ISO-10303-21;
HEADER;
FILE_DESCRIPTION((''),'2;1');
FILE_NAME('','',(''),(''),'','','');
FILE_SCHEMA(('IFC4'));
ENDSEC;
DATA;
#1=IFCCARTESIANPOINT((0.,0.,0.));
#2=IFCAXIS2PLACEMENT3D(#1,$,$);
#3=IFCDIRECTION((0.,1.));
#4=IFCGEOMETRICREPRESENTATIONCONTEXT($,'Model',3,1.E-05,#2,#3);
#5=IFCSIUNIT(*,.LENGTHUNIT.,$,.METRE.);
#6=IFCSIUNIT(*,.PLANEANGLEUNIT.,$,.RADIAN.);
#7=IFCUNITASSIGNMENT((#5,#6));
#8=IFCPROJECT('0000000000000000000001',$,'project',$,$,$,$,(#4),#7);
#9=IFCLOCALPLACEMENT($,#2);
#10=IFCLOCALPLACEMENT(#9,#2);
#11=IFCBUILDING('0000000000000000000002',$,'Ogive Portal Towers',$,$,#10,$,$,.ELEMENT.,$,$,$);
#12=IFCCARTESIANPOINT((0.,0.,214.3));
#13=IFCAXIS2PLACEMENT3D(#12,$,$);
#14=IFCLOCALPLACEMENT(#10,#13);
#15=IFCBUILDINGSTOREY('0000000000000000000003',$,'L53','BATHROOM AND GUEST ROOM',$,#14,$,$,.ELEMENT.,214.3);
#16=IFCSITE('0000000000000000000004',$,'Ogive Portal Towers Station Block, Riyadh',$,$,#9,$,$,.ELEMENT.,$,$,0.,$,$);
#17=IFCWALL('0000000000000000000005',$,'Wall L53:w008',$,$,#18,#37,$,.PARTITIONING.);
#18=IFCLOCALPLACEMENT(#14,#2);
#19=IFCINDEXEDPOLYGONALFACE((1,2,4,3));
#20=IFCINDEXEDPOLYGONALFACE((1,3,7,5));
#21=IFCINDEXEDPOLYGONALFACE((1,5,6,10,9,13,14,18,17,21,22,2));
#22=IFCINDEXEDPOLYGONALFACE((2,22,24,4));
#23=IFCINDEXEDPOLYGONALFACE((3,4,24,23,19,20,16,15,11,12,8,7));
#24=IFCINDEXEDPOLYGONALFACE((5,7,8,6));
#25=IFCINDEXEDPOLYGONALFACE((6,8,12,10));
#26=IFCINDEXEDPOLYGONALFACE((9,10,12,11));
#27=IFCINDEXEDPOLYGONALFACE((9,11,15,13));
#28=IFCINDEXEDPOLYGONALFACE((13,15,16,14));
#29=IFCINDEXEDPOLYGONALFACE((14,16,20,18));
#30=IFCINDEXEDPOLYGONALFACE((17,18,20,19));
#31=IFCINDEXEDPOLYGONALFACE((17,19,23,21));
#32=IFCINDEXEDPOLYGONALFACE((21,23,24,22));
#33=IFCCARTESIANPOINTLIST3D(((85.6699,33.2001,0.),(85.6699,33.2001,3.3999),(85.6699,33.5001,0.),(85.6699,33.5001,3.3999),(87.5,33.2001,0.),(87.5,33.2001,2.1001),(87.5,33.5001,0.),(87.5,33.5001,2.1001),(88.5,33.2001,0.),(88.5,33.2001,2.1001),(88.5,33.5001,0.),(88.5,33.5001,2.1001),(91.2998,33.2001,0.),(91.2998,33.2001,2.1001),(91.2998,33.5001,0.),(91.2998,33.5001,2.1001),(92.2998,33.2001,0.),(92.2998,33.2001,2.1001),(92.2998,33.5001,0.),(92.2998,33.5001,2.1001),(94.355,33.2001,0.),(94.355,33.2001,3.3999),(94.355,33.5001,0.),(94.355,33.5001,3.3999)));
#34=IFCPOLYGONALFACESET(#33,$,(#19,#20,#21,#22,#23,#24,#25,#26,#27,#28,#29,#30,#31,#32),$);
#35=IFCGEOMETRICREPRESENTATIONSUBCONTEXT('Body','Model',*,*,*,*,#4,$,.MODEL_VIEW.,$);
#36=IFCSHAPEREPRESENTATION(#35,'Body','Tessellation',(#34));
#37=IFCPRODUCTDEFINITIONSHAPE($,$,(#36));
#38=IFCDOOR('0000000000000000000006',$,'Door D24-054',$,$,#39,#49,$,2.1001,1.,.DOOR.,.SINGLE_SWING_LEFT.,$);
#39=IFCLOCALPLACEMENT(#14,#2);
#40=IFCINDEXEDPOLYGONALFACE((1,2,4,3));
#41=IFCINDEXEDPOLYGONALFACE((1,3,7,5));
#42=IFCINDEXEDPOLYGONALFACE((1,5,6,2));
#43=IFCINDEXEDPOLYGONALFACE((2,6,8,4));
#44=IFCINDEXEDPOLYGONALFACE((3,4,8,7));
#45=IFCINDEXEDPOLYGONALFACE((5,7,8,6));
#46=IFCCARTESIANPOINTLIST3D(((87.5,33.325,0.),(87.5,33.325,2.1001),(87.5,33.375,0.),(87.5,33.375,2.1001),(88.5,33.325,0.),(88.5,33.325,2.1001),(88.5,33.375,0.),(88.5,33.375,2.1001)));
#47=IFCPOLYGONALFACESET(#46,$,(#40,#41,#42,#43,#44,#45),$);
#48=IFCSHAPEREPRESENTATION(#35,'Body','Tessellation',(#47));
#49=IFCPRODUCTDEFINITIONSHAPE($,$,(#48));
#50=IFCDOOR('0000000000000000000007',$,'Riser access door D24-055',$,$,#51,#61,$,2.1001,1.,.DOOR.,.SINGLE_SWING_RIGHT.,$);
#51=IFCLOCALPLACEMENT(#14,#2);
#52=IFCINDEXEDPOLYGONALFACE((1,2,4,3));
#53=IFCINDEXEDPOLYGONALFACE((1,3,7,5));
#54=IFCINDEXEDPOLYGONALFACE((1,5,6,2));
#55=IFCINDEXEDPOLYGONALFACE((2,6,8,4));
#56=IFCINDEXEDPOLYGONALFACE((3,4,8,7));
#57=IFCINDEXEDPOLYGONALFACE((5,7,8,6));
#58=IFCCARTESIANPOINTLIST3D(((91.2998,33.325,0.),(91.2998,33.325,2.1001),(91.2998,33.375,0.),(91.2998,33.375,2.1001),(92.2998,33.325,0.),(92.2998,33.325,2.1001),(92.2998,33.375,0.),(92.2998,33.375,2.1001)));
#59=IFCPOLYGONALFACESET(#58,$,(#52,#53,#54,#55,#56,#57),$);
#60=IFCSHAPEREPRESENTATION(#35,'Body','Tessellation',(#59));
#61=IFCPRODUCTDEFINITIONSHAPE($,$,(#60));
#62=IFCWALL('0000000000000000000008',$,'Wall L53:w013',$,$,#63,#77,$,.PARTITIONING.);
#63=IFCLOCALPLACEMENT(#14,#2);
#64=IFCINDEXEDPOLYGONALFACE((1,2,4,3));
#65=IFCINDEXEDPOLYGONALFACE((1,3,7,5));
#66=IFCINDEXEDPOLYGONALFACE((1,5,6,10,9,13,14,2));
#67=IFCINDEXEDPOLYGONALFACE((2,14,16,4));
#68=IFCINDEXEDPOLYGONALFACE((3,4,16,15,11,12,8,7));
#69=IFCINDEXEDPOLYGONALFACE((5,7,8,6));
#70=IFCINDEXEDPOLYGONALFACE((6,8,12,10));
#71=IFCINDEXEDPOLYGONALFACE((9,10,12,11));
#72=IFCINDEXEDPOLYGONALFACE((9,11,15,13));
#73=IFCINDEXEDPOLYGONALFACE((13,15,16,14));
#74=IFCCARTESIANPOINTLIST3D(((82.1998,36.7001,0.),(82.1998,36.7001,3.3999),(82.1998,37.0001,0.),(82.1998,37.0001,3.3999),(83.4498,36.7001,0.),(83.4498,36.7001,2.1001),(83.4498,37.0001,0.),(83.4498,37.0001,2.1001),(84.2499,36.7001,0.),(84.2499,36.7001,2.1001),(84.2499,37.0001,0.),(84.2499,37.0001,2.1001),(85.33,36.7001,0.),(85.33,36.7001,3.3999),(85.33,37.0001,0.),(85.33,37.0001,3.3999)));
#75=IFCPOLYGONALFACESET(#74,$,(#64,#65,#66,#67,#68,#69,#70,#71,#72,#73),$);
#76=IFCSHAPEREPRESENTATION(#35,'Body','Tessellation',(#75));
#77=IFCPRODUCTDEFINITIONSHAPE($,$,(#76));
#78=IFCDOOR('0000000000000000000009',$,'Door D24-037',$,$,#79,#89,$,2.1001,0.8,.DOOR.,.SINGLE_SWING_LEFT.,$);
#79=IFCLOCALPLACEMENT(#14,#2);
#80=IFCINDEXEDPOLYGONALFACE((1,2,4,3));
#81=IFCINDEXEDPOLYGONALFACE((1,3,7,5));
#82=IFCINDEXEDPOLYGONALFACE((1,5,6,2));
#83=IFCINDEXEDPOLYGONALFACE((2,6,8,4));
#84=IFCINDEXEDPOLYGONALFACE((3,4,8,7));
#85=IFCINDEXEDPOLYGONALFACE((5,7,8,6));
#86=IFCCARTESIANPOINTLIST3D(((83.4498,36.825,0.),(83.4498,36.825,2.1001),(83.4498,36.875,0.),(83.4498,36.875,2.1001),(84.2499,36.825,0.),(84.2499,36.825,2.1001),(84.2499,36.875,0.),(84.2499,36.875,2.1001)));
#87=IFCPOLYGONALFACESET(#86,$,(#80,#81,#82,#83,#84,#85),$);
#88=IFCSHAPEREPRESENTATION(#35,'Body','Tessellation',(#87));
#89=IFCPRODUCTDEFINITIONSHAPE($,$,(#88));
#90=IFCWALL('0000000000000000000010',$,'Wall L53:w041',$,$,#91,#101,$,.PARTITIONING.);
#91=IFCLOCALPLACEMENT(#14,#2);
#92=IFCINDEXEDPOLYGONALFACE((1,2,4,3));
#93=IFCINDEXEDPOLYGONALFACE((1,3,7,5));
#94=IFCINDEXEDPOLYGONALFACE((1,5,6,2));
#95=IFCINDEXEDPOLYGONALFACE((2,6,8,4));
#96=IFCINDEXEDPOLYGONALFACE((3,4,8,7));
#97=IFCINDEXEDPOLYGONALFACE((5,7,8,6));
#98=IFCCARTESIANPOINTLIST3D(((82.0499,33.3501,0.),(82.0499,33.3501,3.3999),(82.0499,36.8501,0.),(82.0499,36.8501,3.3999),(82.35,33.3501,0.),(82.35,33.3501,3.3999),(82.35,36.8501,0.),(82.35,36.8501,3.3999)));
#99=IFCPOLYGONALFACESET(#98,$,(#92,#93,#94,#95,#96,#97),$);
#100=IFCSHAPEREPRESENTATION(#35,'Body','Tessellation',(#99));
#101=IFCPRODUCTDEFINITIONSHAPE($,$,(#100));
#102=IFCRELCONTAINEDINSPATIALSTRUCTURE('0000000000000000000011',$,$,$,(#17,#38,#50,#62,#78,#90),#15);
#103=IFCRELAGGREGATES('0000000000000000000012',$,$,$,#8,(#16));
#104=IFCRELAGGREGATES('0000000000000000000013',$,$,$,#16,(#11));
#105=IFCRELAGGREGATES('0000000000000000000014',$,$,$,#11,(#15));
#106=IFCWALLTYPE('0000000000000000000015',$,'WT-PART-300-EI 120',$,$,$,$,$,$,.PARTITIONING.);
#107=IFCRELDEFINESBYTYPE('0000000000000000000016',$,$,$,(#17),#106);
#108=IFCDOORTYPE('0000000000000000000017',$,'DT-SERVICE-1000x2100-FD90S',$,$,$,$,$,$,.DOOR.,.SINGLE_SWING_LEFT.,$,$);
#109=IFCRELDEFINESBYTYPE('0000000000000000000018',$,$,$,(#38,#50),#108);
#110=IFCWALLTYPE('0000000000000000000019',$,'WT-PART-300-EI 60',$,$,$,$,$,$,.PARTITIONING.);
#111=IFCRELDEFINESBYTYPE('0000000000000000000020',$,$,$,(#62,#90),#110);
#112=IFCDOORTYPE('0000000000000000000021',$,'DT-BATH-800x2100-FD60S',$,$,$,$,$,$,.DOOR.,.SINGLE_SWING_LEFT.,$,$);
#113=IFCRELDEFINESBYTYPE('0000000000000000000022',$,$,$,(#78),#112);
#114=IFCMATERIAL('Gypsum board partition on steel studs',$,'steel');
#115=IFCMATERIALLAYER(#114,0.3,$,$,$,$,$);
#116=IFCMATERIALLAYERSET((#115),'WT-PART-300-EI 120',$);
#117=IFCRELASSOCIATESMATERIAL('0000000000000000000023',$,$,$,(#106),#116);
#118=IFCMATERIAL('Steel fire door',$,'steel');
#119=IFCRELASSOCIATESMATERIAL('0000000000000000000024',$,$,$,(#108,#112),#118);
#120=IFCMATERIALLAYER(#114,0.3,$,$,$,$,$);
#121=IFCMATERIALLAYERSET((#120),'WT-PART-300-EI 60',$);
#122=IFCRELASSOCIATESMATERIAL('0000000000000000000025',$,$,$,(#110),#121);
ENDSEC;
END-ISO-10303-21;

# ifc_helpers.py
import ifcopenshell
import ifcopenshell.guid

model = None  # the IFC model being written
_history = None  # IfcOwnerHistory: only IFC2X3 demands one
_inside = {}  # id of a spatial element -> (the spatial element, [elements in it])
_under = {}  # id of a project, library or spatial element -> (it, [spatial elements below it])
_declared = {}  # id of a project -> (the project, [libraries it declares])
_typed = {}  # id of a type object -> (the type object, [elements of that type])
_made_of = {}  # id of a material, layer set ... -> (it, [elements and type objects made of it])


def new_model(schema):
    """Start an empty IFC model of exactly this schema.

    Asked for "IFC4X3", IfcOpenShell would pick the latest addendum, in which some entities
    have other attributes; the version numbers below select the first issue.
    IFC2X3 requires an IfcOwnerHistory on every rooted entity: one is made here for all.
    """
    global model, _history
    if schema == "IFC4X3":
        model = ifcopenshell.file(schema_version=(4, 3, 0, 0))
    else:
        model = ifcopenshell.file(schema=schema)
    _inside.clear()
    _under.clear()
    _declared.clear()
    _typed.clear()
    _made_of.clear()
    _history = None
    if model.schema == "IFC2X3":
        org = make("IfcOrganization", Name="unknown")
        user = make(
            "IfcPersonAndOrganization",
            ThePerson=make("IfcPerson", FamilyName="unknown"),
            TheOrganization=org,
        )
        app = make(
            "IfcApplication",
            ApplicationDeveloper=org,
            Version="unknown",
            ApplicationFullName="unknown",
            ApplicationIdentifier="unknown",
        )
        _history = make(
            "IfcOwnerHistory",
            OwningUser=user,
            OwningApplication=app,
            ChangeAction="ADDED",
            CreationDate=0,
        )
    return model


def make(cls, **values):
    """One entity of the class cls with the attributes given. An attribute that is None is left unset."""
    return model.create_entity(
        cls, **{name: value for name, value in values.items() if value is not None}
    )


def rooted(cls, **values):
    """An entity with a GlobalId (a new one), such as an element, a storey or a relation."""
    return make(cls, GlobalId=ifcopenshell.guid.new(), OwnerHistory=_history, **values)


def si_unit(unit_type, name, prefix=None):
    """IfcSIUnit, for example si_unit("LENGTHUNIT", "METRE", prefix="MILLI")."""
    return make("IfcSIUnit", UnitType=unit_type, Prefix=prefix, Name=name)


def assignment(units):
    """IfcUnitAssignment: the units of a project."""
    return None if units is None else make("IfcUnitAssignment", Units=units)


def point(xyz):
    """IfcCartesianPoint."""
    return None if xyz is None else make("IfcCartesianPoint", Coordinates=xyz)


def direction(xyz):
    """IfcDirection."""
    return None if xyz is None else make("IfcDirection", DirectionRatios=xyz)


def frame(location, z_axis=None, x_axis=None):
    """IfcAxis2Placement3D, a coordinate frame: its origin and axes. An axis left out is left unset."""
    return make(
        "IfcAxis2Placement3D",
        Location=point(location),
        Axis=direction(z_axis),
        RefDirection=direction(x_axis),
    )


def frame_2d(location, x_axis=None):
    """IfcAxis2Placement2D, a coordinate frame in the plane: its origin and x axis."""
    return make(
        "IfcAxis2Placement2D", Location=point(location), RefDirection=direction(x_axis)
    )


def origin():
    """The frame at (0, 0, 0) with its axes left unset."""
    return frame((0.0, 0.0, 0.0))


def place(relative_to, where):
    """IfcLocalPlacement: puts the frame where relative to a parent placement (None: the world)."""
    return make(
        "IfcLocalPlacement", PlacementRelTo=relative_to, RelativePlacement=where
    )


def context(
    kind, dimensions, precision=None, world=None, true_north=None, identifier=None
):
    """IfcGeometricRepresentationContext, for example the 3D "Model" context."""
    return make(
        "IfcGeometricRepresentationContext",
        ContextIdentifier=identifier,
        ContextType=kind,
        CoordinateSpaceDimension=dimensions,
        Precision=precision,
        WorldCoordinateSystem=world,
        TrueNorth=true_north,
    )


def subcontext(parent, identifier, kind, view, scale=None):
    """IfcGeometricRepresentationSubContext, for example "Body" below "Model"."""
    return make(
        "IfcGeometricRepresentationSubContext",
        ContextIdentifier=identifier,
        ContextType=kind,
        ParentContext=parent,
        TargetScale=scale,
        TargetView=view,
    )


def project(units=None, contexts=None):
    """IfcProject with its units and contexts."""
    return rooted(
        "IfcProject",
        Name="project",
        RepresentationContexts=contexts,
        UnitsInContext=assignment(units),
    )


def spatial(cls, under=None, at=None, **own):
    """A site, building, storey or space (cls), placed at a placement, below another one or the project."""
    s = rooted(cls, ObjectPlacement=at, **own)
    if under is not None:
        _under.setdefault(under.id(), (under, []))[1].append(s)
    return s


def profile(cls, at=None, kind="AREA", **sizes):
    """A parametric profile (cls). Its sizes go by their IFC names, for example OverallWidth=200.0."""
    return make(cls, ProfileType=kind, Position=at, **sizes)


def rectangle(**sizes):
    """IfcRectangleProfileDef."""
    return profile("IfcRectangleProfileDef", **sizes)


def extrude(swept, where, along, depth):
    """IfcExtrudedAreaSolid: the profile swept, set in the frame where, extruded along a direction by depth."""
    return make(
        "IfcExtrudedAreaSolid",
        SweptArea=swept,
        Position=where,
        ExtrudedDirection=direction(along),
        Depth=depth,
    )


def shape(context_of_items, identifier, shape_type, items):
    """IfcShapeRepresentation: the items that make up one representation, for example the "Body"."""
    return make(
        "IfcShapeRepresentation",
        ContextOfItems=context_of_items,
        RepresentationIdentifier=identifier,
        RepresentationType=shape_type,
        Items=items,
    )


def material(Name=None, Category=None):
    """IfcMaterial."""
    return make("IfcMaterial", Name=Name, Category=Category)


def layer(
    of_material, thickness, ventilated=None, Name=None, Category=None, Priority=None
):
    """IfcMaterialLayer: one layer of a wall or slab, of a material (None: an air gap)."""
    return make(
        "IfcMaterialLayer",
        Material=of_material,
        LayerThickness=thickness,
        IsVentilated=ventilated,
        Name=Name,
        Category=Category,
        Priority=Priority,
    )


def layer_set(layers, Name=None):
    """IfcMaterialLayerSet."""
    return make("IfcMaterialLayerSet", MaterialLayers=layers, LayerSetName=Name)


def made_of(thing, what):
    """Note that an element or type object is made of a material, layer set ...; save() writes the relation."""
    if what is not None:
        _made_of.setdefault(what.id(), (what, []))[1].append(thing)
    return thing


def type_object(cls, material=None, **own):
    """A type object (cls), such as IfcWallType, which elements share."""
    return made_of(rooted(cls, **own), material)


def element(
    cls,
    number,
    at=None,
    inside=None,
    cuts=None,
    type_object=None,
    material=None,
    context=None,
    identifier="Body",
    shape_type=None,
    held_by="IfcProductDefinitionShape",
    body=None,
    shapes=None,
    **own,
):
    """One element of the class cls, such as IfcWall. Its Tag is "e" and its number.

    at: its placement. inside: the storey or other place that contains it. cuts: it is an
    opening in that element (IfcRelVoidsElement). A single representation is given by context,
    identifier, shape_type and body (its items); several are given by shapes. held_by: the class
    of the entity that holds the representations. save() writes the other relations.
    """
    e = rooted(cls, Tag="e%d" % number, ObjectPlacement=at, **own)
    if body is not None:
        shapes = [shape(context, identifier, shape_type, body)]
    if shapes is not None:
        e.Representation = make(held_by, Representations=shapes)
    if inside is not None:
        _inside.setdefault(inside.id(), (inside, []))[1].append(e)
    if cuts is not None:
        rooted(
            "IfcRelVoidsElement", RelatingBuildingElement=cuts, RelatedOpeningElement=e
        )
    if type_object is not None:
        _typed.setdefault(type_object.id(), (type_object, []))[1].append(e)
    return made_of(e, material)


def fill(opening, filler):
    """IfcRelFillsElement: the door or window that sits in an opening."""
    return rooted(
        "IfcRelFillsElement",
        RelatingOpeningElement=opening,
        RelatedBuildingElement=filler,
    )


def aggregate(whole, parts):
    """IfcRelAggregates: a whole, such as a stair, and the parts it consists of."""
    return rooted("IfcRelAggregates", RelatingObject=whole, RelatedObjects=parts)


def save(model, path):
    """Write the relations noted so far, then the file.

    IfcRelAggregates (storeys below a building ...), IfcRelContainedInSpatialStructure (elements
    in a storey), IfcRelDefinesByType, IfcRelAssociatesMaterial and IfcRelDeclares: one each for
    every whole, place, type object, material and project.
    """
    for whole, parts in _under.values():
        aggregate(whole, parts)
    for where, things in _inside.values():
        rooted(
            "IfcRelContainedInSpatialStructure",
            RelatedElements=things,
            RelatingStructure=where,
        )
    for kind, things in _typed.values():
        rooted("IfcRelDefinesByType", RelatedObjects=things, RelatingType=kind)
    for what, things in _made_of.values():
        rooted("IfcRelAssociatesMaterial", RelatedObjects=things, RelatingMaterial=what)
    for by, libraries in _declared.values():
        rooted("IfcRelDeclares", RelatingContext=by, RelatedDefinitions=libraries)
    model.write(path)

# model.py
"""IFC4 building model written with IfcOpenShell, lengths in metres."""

from ifc_helpers import new_model, si_unit, direction, frame, frame_2d, origin, place, context, subcontext, project, spatial, rectangle, extrude, material, layer, layer_set, type_object, element, fill, save


model = new_model("IFC4")

# Units and contexts
model_context = context("Model", 3, precision=1e-05, world=origin(), true_north=direction((0.0, 1.0)))
body_context = subcontext(model_context, "Body", "Model", "MODEL_VIEW")
ifc_project = project(units=[si_unit("LENGTHUNIT", "METRE"), si_unit("PLANEANGLEUNIT", "RADIAN")], contexts=[model_context])

# Site, building, storey
site_placement = place(None, origin())
site = spatial("IfcSite", under=ifc_project, at=site_placement, Name="Ogive Portal Towers Station Block, Riyadh", CompositionType="ELEMENT", RefElevation=0.0)
building_placement = place(site_placement, origin())
building = spatial("IfcBuilding", under=site, at=building_placement, Name="Ogive Portal Towers", CompositionType="ELEMENT")
storey_placement = place(building_placement, frame((0.0, 0.0, 214.3)))
storey = spatial("IfcBuildingStorey", under=building, at=storey_placement, Name="L53", Description="BATHROOM AND GUEST ROOM", CompositionType="ELEMENT", Elevation=214.3)

# Wall, openings, doors
ifc_material_1 = material(Name="Gypsum board partition on steel studs", Category="steel")
ifc_layer_1 = layer(ifc_material_1, 0.3)
ifc_layer_set_1 = layer_set([ifc_layer_1], Name="WT-PART-300-EI 120")
wall_type_1 = type_object("IfcWallType", Name="WT-PART-300-EI 120", PredefinedType="PARTITIONING", material=ifc_layer_set_1)
wall_1_placement = place(storey_placement, frame((85.6699, 33.3501, 0.0), z_axis=(0.0, 0.0, 1.0), x_axis=(1.0, 0.0, 0.0)))
wall_1 = element("IfcWall", 1, at=wall_1_placement, inside=storey, type_object=wall_type_1, Name="Wall L53:w008", PredefinedType="PARTITIONING", context=body_context, shape_type="SweptSolid", body=[
    extrude(rectangle(XDim=8.6851, YDim=0.3, at=frame_2d((4.3425, 0.0))), origin(), (0.0, 0.0, 1.0), 3.3999),
])
opening_1_placement = place(wall_1_placement, frame((1.8301, 0.0, 0.0)))
opening_1 = element("IfcOpeningElement", 2, at=opening_1_placement, cuts=wall_1, PredefinedType="OPENING", context=body_context, shape_type="SweptSolid", body=[
    extrude(rectangle(XDim=1.0, YDim=2.1001, at=frame_2d((0.5, 1.05))), frame((0.0, 0.1602, 0.0), z_axis=(0.0, -1.0, 0.0), x_axis=(1.0, 0.0, 0.0)), (0.0, 0.0, 1.0), 0.3201),
])
opening_2_placement = place(wall_1_placement, frame((5.6299, 0.0, 0.0)))
opening_2 = element("IfcOpeningElement", 3, at=opening_2_placement, cuts=wall_1, PredefinedType="OPENING", context=body_context, shape_type="SweptSolid", body=[
    extrude(rectangle(XDim=1.0, YDim=2.1001, at=frame_2d((0.5, 1.05))), frame((0.0, 0.1602, 0.0), z_axis=(0.0, -1.0, 0.0), x_axis=(1.0, 0.0, 0.0)), (0.0, 0.0, 1.0), 0.3201),
])
ifc_material_2 = material(Name="Steel fire door", Category="steel")
door_type_1 = type_object("IfcDoorType", Name="DT-SERVICE-1000x2100-FD90S", OperationType="SINGLE_SWING_LEFT", PredefinedType="DOOR", material=ifc_material_2)
door_1_placement = place(opening_1_placement, origin())
door_1 = element("IfcDoor", 4, at=door_1_placement, inside=storey, type_object=door_type_1, Name="Door D24-054", OperationType="SINGLE_SWING_LEFT", OverallHeight=2.1001, OverallWidth=1.0, PredefinedType="DOOR", context=body_context, shape_type="SweptSolid", body=[
    extrude(rectangle(XDim=1.0, YDim=2.1001, at=frame_2d((0.5, 1.05))), frame((0.0, 0.0249, 0.0), z_axis=(0.0, -1.0, 0.0), x_axis=(1.0, 0.0, 0.0)), (0.0, 0.0, 1.0), 0.05),
])
fill(opening_1, door_1)
door_2_placement = place(opening_2_placement, origin())
door_2 = element("IfcDoor", 5, at=door_2_placement, inside=storey, type_object=door_type_1, Name="Riser access door D24-055", OperationType="SINGLE_SWING_RIGHT", OverallHeight=2.1001, OverallWidth=1.0, PredefinedType="DOOR", context=body_context, shape_type="SweptSolid", body=[
    extrude(rectangle(XDim=1.0, YDim=2.1001, at=frame_2d((0.5, 1.05))), frame((0.0, 0.0249, 0.0), z_axis=(0.0, -1.0, 0.0), x_axis=(1.0, 0.0, 0.0)), (0.0, 0.0, 1.0), 0.05),
])
fill(opening_2, door_2)

# Wall, opening, door
ifc_layer_2 = layer(ifc_material_1, 0.3)
ifc_layer_set_2 = layer_set([ifc_layer_2], Name="WT-PART-300-EI 60")
wall_type_2 = type_object("IfcWallType", Name="WT-PART-300-EI 60", PredefinedType="PARTITIONING", material=ifc_layer_set_2)
wall_2_placement = place(storey_placement, frame((82.2, 36.8501, 0.0), z_axis=(0.0, 0.0, 1.0), x_axis=(1.0, 0.0, 0.0)))
wall_2 = element("IfcWall", 6, at=wall_2_placement, inside=storey, type_object=wall_type_2, Name="Wall L53:w013", PredefinedType="PARTITIONING", context=body_context, shape_type="SweptSolid", body=[
    extrude(rectangle(XDim=3.1301, YDim=0.3, at=frame_2d((1.5649, 0.0))), origin(), (0.0, 0.0, 1.0), 3.3999),
])
opening_3_placement = place(wall_2_placement, frame((1.25, 0.0, 0.0)))
opening_3 = element("IfcOpeningElement", 7, at=opening_3_placement, cuts=wall_2, PredefinedType="OPENING", context=body_context, shape_type="SweptSolid", body=[
    extrude(rectangle(XDim=0.8, YDim=2.1001, at=frame_2d((0.3999, 1.05))), frame((0.0, 0.1602, 0.0), z_axis=(0.0, -1.0, 0.0), x_axis=(1.0, 0.0, 0.0)), (0.0, 0.0, 1.0), 0.3201),
])
door_type_2 = type_object("IfcDoorType", Name="DT-BATH-800x2100-FD60S", OperationType="SINGLE_SWING_LEFT", PredefinedType="DOOR", material=ifc_material_2)
door_3_placement = place(opening_3_placement, origin())
door_3 = element("IfcDoor", 8, at=door_3_placement, inside=storey, type_object=door_type_2, Name="Door D24-037", OperationType="SINGLE_SWING_LEFT", OverallHeight=2.1001, OverallWidth=0.8, PredefinedType="DOOR", context=body_context, shape_type="SweptSolid", body=[
    extrude(rectangle(XDim=0.8, YDim=2.1001, at=frame_2d((0.3999, 1.05))), frame((0.0, 0.0249, 0.0), z_axis=(0.0, -1.0, 0.0), x_axis=(1.0, 0.0, 0.0)), (0.0, 0.0, 1.0), 0.05),
])
fill(opening_3, door_3)

# Wall
wall_3_placement = place(storey_placement, frame((82.2, 33.3501, 0.0), z_axis=(0.0, 0.0, 1.0), x_axis=(0.0, 1.0, 0.0)))
element("IfcWall", 9, at=wall_3_placement, inside=storey, type_object=wall_type_2, Name="Wall L53:w041", PredefinedType="PARTITIONING", context=body_context, shape_type="SweptSolid", body=[
    extrude(rectangle(XDim=3.5, YDim=0.3, at=frame_2d((1.75, 0.0))), origin(), (0.0, 0.0, 1.0), 3.3999),
])

save(model, "model.ifc")
